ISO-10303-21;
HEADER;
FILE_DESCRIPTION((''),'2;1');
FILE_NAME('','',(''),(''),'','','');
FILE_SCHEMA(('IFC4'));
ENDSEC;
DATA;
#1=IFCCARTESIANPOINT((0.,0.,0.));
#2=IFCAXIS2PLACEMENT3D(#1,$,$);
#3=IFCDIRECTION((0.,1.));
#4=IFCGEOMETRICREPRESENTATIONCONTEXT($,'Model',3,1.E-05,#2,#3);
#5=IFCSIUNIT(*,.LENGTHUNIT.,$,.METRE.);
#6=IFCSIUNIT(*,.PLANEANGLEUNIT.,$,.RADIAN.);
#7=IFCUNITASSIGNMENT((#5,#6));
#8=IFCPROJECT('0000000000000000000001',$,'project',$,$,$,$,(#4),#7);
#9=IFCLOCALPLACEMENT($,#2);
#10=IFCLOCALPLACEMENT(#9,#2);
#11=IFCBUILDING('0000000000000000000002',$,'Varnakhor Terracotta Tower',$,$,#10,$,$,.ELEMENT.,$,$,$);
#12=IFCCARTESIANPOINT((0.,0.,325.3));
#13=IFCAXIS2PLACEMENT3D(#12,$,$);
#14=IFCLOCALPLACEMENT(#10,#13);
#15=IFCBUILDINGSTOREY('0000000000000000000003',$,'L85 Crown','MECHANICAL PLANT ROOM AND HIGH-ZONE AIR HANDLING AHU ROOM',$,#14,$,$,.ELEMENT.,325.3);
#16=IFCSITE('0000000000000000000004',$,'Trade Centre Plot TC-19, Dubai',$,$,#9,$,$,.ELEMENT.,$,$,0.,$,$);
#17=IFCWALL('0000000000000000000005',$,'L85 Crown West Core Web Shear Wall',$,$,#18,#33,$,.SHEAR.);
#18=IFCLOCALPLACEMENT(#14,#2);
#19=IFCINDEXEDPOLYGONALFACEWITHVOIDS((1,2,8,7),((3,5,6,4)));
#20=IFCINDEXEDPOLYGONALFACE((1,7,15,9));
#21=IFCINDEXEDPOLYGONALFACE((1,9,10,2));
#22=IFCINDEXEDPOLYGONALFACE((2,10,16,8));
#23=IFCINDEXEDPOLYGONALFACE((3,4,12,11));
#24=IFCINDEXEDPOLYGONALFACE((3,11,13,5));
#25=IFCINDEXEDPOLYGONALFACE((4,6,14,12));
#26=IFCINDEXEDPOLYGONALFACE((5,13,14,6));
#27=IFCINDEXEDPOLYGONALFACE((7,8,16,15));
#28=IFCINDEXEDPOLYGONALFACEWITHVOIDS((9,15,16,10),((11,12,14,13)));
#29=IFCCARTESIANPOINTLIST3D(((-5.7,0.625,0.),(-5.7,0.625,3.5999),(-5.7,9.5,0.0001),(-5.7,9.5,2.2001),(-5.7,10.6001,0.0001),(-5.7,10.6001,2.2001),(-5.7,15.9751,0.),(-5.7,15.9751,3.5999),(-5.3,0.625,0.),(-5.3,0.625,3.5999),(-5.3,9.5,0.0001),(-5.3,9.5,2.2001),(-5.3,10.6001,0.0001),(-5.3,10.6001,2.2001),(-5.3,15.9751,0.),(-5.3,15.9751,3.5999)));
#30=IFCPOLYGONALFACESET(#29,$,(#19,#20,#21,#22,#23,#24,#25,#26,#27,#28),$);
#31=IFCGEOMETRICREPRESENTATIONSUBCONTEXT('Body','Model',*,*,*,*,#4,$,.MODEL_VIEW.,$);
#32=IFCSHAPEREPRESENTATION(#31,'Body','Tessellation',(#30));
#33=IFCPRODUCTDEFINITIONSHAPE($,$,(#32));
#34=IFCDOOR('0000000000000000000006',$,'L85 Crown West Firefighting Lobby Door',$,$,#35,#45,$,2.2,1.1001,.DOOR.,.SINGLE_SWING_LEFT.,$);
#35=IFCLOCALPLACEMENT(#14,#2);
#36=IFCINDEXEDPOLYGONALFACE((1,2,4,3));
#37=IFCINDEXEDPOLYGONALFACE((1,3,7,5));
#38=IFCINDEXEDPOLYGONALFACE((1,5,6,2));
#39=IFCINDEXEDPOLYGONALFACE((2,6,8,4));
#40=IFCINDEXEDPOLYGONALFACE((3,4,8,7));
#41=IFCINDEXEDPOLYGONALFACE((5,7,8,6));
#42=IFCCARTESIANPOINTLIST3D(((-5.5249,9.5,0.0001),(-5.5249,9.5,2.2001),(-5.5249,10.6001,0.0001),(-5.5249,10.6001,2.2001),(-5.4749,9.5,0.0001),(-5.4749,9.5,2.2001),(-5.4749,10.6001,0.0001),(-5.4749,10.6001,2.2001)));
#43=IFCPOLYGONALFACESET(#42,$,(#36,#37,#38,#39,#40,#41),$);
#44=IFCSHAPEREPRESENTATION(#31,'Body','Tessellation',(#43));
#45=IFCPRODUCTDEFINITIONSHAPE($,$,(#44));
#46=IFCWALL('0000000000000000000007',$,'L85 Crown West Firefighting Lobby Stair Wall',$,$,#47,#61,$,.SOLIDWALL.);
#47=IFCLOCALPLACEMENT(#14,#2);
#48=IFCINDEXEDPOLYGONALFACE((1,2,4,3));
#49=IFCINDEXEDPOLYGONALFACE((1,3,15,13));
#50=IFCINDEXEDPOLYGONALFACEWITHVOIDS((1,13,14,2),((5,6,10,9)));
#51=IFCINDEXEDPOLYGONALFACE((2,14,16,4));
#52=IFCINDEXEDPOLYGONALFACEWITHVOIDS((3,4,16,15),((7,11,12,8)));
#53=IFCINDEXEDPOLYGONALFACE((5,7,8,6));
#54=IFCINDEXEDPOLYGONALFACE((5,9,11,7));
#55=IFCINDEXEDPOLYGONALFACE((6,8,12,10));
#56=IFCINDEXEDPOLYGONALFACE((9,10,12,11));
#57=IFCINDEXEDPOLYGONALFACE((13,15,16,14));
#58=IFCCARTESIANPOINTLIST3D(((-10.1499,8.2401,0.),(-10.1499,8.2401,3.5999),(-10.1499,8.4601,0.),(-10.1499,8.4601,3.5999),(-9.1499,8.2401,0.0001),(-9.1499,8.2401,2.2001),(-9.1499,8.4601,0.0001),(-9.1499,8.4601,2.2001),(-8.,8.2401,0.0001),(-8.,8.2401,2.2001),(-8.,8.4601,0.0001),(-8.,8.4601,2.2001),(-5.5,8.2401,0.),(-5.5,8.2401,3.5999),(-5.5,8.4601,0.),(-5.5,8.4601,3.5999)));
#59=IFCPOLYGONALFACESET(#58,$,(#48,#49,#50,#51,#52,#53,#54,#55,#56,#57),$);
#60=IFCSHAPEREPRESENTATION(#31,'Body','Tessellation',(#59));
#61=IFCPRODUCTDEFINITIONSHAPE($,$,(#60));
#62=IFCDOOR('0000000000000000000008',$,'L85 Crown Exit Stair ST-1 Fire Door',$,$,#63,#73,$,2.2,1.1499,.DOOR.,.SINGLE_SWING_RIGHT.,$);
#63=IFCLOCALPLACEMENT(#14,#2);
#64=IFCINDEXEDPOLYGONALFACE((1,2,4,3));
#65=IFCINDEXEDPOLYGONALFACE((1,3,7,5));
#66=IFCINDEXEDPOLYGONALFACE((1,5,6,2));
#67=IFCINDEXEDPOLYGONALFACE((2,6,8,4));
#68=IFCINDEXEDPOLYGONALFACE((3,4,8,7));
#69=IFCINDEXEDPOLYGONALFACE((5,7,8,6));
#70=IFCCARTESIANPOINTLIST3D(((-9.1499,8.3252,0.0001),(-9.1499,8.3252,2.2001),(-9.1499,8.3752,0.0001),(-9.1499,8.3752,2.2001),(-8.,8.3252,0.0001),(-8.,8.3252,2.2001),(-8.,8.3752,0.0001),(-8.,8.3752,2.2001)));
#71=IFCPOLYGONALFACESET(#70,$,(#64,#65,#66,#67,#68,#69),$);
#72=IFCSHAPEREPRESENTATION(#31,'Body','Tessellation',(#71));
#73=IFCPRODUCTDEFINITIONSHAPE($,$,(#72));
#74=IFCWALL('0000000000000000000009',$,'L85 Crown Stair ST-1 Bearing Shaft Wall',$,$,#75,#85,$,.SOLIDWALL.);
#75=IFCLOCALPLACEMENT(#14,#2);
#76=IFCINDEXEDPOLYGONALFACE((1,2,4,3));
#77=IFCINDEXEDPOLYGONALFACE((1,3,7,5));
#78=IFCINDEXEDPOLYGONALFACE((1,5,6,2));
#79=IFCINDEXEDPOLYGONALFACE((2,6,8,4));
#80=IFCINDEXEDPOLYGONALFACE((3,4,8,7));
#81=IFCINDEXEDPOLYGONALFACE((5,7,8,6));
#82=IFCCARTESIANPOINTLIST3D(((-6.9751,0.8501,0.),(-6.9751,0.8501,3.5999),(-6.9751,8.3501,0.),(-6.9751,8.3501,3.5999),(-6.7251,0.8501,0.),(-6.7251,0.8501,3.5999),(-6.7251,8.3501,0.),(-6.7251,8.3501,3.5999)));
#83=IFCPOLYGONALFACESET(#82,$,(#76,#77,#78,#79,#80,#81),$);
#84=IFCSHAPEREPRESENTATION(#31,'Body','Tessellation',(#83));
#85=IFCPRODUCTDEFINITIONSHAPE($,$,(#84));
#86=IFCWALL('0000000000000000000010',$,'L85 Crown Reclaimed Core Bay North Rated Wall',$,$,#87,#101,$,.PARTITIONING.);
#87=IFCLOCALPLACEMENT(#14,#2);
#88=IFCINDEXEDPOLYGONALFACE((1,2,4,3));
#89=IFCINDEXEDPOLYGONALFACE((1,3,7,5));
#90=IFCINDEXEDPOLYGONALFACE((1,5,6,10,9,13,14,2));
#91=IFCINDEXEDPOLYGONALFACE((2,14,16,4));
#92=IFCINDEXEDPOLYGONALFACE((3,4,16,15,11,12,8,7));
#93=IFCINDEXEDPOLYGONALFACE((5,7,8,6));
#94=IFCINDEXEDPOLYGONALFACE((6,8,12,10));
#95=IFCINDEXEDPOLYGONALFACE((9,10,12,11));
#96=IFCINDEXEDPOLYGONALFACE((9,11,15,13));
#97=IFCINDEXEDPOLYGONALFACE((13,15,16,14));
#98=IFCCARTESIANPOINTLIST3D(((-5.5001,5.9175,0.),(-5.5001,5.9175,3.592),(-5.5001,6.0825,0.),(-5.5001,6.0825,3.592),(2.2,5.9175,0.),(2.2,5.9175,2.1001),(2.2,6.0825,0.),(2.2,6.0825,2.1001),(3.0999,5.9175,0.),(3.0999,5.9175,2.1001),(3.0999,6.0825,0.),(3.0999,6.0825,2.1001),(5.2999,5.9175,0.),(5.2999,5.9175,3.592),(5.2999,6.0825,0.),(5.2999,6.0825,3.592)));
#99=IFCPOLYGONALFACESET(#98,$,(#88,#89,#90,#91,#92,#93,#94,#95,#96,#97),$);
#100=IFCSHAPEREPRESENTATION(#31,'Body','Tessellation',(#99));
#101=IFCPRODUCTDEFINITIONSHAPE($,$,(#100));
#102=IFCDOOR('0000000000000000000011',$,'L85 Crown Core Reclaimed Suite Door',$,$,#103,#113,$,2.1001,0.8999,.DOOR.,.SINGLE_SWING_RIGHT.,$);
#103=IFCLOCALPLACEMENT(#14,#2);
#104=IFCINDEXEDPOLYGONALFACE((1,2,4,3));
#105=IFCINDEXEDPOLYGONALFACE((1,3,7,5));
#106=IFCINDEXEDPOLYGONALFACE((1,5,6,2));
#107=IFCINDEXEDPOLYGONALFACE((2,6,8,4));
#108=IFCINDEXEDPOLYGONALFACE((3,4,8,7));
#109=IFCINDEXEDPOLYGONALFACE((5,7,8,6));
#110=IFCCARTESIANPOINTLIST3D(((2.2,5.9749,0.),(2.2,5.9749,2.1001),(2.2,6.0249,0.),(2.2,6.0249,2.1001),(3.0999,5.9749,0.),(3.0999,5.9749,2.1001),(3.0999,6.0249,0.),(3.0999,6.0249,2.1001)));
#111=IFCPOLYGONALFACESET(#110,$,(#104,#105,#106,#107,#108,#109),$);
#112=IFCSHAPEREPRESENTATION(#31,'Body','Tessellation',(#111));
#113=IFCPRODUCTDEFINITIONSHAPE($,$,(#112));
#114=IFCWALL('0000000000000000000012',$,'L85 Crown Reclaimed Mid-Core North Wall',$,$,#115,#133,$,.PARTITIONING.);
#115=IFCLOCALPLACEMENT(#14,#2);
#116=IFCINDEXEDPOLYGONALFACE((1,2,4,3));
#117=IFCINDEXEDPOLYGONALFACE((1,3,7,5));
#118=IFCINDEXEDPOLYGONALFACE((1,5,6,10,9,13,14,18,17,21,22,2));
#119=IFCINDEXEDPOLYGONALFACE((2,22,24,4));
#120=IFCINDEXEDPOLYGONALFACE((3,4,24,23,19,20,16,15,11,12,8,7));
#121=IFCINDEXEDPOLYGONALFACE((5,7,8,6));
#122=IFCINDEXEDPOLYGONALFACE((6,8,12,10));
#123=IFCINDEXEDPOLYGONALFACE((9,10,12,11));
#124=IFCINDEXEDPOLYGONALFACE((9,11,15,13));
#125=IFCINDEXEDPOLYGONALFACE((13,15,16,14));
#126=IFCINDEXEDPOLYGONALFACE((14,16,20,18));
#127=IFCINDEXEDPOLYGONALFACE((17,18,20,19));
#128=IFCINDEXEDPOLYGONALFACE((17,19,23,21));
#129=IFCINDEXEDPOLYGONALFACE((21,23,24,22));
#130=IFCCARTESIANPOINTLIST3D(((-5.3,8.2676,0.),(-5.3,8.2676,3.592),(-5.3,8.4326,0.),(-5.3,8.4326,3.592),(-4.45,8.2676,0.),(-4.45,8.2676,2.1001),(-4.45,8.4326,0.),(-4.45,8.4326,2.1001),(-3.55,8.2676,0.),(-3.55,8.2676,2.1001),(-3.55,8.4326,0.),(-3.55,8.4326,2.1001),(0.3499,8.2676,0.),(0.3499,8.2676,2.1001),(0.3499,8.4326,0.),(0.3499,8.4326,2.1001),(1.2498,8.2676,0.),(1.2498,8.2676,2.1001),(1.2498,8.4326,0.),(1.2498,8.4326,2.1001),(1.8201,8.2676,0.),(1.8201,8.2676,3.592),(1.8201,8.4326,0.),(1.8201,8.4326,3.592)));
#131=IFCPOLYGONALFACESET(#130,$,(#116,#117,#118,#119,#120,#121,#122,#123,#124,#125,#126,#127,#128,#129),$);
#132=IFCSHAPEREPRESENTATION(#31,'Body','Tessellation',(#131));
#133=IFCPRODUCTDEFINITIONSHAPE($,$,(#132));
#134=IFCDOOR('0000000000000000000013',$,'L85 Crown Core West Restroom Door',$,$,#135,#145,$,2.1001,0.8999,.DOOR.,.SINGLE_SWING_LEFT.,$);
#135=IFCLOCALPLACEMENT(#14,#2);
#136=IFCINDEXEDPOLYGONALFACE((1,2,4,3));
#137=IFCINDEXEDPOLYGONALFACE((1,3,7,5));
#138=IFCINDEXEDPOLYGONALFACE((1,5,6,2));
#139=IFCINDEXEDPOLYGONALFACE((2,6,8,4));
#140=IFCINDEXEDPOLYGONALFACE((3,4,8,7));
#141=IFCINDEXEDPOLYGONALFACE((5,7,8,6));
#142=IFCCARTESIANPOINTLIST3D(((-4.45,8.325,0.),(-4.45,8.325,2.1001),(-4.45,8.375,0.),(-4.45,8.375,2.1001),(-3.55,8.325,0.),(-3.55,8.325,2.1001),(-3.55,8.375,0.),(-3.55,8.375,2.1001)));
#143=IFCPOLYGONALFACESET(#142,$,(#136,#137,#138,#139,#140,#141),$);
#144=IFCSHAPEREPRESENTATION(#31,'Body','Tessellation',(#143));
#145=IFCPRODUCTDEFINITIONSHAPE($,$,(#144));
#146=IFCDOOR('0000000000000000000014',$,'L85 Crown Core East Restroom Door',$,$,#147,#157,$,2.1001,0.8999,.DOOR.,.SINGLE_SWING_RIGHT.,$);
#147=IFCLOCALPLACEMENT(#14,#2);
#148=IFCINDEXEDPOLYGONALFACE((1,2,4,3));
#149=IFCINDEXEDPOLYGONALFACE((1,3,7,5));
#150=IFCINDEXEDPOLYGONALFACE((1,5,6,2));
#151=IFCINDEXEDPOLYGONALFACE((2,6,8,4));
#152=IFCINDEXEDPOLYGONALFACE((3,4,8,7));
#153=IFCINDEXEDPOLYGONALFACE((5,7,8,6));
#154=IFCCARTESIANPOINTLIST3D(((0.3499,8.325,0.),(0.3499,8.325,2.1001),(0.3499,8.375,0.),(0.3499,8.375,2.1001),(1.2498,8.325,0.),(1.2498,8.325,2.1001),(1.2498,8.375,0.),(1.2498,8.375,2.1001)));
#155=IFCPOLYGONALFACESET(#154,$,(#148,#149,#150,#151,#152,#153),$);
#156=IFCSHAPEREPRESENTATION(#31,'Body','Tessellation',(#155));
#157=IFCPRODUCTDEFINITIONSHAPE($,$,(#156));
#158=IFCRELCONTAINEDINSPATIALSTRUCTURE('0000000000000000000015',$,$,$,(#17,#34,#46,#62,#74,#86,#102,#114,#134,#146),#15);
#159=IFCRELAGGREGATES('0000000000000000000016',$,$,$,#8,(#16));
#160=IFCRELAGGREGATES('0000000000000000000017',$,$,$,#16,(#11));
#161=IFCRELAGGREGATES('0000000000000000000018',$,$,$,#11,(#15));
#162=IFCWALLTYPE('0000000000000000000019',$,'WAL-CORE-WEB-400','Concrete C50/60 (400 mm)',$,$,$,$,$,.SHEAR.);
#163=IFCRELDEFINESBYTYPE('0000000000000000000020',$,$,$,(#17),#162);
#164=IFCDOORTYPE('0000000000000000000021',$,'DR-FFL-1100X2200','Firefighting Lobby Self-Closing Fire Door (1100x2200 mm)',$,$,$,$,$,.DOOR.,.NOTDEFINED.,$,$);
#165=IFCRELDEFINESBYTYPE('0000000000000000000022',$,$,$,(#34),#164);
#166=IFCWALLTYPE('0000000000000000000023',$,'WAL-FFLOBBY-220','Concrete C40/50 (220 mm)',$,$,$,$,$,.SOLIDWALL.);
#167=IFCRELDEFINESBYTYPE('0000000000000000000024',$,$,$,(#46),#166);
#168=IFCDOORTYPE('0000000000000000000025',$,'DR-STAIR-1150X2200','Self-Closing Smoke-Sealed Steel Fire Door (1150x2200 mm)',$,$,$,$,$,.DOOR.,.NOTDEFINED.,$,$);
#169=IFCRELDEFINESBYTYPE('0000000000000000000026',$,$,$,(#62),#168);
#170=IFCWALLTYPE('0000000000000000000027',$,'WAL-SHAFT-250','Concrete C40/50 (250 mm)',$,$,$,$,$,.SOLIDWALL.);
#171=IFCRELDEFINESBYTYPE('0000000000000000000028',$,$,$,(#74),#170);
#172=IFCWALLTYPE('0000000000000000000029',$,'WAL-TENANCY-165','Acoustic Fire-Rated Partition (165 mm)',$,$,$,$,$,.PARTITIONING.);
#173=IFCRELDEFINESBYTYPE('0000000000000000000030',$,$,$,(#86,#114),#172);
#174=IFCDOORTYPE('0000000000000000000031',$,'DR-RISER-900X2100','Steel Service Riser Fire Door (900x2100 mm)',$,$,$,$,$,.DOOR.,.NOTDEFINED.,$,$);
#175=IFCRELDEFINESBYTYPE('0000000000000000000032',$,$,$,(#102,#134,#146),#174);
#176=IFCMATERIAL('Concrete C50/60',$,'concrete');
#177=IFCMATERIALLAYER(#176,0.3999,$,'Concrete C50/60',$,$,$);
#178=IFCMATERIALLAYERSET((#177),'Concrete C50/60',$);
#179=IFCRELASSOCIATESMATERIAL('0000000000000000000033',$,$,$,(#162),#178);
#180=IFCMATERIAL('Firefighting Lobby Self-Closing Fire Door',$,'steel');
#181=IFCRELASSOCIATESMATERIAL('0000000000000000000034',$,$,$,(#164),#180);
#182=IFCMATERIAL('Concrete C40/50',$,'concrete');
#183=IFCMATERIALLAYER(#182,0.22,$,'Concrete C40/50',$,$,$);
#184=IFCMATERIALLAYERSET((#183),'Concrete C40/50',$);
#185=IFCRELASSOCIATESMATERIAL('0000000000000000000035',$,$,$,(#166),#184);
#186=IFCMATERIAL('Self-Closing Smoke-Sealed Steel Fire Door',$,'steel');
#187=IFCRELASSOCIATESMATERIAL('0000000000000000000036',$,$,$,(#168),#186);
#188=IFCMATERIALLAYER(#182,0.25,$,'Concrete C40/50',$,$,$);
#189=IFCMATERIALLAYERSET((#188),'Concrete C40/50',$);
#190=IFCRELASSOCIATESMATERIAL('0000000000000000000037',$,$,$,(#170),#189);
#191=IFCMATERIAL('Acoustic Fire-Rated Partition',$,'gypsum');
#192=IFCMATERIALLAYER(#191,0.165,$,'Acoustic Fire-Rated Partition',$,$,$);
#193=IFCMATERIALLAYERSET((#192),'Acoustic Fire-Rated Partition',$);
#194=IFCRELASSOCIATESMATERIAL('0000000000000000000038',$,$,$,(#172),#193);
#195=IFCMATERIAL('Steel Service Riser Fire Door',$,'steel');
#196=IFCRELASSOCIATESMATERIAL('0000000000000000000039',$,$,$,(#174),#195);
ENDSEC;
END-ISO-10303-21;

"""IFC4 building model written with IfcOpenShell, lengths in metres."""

from ifc_helpers import new_model, si_unit, direction, frame, frame_2d, origin, place, context, subcontext, project, spatial, rectangle, extrude, source, transform, mapped, material, layer, layer_set, type_object, type_shapes, element, fill, save


model = new_model("IFC4")

# Units and contexts
model_context = context("Model", 3, precision=1e-05, world=origin(), true_north=direction((0.0, 1.0)))
body_context = subcontext(model_context, "Body", "Model", "MODEL_VIEW")
ifc_project = project(units=[si_unit("LENGTHUNIT", "METRE"), si_unit("PLANEANGLEUNIT", "RADIAN")], contexts=[model_context])

# Site, building, storey
site_placement = place(None, origin())
site = spatial("IfcSite", under=ifc_project, at=site_placement, Name="Trade Centre Plot TC-19, Dubai", CompositionType="ELEMENT", RefElevation=0.0)
building_placement = place(site_placement, origin())
building = spatial("IfcBuilding", under=site, at=building_placement, Name="Varnakhor Terracotta Tower", CompositionType="ELEMENT")
storey_placement = place(building_placement, frame((0.0, 0.0, 325.3)))
storey = spatial("IfcBuildingStorey", under=building, at=storey_placement, Name="L85 Crown", Description="MECHANICAL PLANT ROOM AND HIGH-ZONE AIR HANDLING AHU ROOM", CompositionType="ELEMENT", Elevation=325.3)

# Shared definitions
ifc_material_1 = material(Name="Concrete C50/60", Category="concrete")

# Walls, openings, doors
ifc_layer_1 = layer(ifc_material_1, 0.3999, Name="Concrete C50/60")
ifc_layer_set_1 = layer_set([ifc_layer_1], Name="Concrete C50/60")
wall_type_1 = type_object("IfcWallType", Name="WAL-CORE-WEB-400", Description="Concrete C50/60 (400 mm)", PredefinedType="SHEAR", material=ifc_layer_set_1)
wall_1_placement = place(storey_placement, frame((-5.5, 0.625, 0.0), z_axis=(0.0, 0.0, 1.0), x_axis=(0.0, 1.0, 0.0)))
wall_1 = element("IfcWall", 1, at=wall_1_placement, inside=storey, type_object=wall_type_1, Name="L85 Crown West Core Web Shear Wall", PredefinedType="SHEAR", context=body_context, shape_type="SweptSolid", body=[
    extrude(rectangle(XDim=15.3501, YDim=0.3999, at=frame_2d((7.675, 0.0))), origin(), (0.0, 0.0, 1.0), 3.5999),
])
opening_1_placement = place(wall_1_placement, frame((8.875, 0.0, 0.0)))
opening_1 = element("IfcOpeningElement", 2, at=opening_1_placement, cuts=wall_1, PredefinedType="OPENING", context=body_context, shape_type="SweptSolid", body=[
    extrude(rectangle(XDim=1.1001, YDim=2.2, at=frame_2d((0.55, 1.1001))), frame((0.0, 0.21, 0.0), z_axis=(0.0, -1.0, 0.0), x_axis=(1.0, 0.0, 0.0)), (0.0, 0.0, 1.0), 0.4199),
])
ifc_material_2 = material(Name="Firefighting Lobby Self-Closing Fire Door", Category="steel")
door_type_1 = type_object("IfcDoorType", Name="DR-FFL-1100X2200", Description="Firefighting Lobby Self-Closing Fire Door (1100x2200 mm)", OperationType="NOTDEFINED", PredefinedType="DOOR", material=ifc_material_2)
shared_shape_1 = source(origin(), body_context, "Body", "SweptSolid", [
    extrude(rectangle(XDim=1.1001, YDim=2.2, at=frame_2d((0.55, 1.1001))), frame((0.0, 0.0249, 0.0), z_axis=(0.0, -1.0, 0.0), x_axis=(1.0, 0.0, 0.0)), (0.0, 0.0, 1.0), 0.05),
])
type_shapes(door_type_1, [shared_shape_1])
door_1_placement = place(opening_1_placement, origin())
door_1 = element("IfcDoor", 3, at=door_1_placement, inside=storey, type_object=door_type_1, Name="L85 Crown West Firefighting Lobby Door", OperationType="SINGLE_SWING_LEFT", OverallHeight=2.2, OverallWidth=1.1001, PredefinedType="DOOR", context=body_context, shape_type="MappedRepresentation", body=[
    mapped(shared_shape_1, transform((0.0, 0.0, 0.0), scale=1.0)),
])
fill(opening_1, door_1)
ifc_material_3 = material(Name="Concrete C40/50", Category="concrete")
ifc_layer_2 = layer(ifc_material_3, 0.22, Name="Concrete C40/50")
ifc_layer_set_2 = layer_set([ifc_layer_2], Name="Concrete C40/50")
wall_type_2 = type_object("IfcWallType", Name="WAL-FFLOBBY-220", Description="Concrete C40/50 (220 mm)", PredefinedType="SOLIDWALL", material=ifc_layer_set_2)
wall_2_placement = place(storey_placement, frame((-5.5, 8.3501, 0.0), z_axis=(0.0, 0.0, 1.0), x_axis=(-1.0, 0.0, 0.0)))
wall_2 = element("IfcWall", 4, at=wall_2_placement, inside=storey, type_object=wall_type_2, Name="L85 Crown West Firefighting Lobby Stair Wall", PredefinedType="SOLIDWALL", context=body_context, shape_type="SweptSolid", body=[
    extrude(rectangle(XDim=4.6499, YDim=0.22, at=frame_2d((2.325, 0.0))), origin(), (0.0, 0.0, 1.0), 3.5999),
])
opening_2_placement = place(wall_2_placement, frame((2.5, 0.0, 0.0)))
opening_2 = element("IfcOpeningElement", 5, at=opening_2_placement, cuts=wall_2, PredefinedType="OPENING", context=body_context, shape_type="SweptSolid", body=[
    extrude(rectangle(XDim=1.1499, YDim=2.2, at=frame_2d((0.575, 1.1001))), frame((0.0, 0.1201, 0.0), z_axis=(0.0, -1.0, 0.0), x_axis=(1.0, 0.0, 0.0)), (0.0, 0.0, 1.0), 0.24),
])
ifc_material_4 = material(Name="Self-Closing Smoke-Sealed Steel Fire Door", Category="steel")
door_type_2 = type_object("IfcDoorType", Name="DR-STAIR-1150X2200", Description="Self-Closing Smoke-Sealed Steel Fire Door (1150x2200 mm)", OperationType="NOTDEFINED", PredefinedType="DOOR", material=ifc_material_4)
shared_shape_2 = source(origin(), body_context, "Body", "SweptSolid", [
    extrude(rectangle(XDim=1.1499, YDim=2.2, at=frame_2d((0.575, 1.1001))), frame((0.0, 0.0249, 0.0), z_axis=(0.0, -1.0, 0.0), x_axis=(1.0, 0.0, 0.0)), (0.0, 0.0, 1.0), 0.05),
])
type_shapes(door_type_2, [shared_shape_2])
door_2_placement = place(opening_2_placement, origin())
door_2 = element("IfcDoor", 6, at=door_2_placement, inside=storey, type_object=door_type_2, Name="L85 Crown Exit Stair ST-1 Fire Door", OperationType="SINGLE_SWING_RIGHT", OverallHeight=2.2, OverallWidth=1.1499, PredefinedType="DOOR", context=body_context, shape_type="MappedRepresentation", body=[
    mapped(shared_shape_2, transform((0.0, 0.0, 0.0), scale=1.0)),
])
fill(opening_2, door_2)

# Wall
ifc_layer_3 = layer(ifc_material_3, 0.25, Name="Concrete C40/50")
ifc_layer_set_3 = layer_set([ifc_layer_3], Name="Concrete C40/50")
wall_type_3 = type_object("IfcWallType", Name="WAL-SHAFT-250", Description="Concrete C40/50 (250 mm)", PredefinedType="SOLIDWALL", material=ifc_layer_set_3)
wall_3_placement = place(storey_placement, frame((-6.8501, 0.8501, 0.0), z_axis=(0.0, 0.0, 1.0), x_axis=(0.0, 1.0, 0.0)))
element("IfcWall", 7, at=wall_3_placement, inside=storey, type_object=wall_type_3, Name="L85 Crown Stair ST-1 Bearing Shaft Wall", PredefinedType="SOLIDWALL", context=body_context, shape_type="SweptSolid", body=[
    extrude(rectangle(XDim=7.5, YDim=0.25, at=frame_2d((3.75, 0.0))), origin(), (0.0, 0.0, 1.0), 3.5999),
])

# Wall, opening, door
ifc_material_5 = material(Name="Acoustic Fire-Rated Partition", Category="gypsum")
ifc_layer_4 = layer(ifc_material_5, 0.165, Name="Acoustic Fire-Rated Partition")
ifc_layer_set_4 = layer_set([ifc_layer_4], Name="Acoustic Fire-Rated Partition")
wall_type_4 = type_object("IfcWallType", Name="WAL-TENANCY-165", Description="Acoustic Fire-Rated Partition (165 mm)", PredefinedType="PARTITIONING", material=ifc_layer_set_4)
wall_4_placement = place(storey_placement, frame((-5.5, 6.0, 0.0), z_axis=(0.0, 0.0, 1.0), x_axis=(1.0, 0.0, 0.0)))
wall_4 = element("IfcWall", 8, at=wall_4_placement, inside=storey, type_object=wall_type_4, Name="L85 Crown Reclaimed Core Bay North Rated Wall", PredefinedType="PARTITIONING", context=body_context, shape_type="SweptSolid", body=[
    extrude(rectangle(XDim=10.8, YDim=0.165, at=frame_2d((5.3999, 0.0))), origin(), (0.0, 0.0, 1.0), 3.592),
])
opening_3_placement = place(wall_4_placement, frame((7.7, 0.0, 0.0)))
opening_3 = element("IfcOpeningElement", 9, at=opening_3_placement, cuts=wall_4, PredefinedType="OPENING", context=body_context, shape_type="SweptSolid", body=[
    extrude(rectangle(XDim=0.8999, YDim=2.1001, at=frame_2d((0.45, 1.05))), frame((0.0, 0.0925, 0.0), z_axis=(0.0, -1.0, 0.0), x_axis=(1.0, 0.0, 0.0)), (0.0, 0.0, 1.0), 0.1851),
])
ifc_material_6 = material(Name="Steel Service Riser Fire Door", Category="steel")
door_type_3 = type_object("IfcDoorType", Name="DR-RISER-900X2100", Description="Steel Service Riser Fire Door (900x2100 mm)", OperationType="NOTDEFINED", PredefinedType="DOOR", material=ifc_material_6)
shared_shape_3 = source(origin(), body_context, "Body", "SweptSolid", [
    extrude(rectangle(XDim=0.8999, YDim=2.1001, at=frame_2d((0.45, 1.05))), frame((0.0, 0.0249, 0.0), z_axis=(0.0, -1.0, 0.0), x_axis=(1.0, 0.0, 0.0)), (0.0, 0.0, 1.0), 0.05),
])
type_shapes(door_type_3, [shared_shape_3])
door_3_placement = place(opening_3_placement, origin())
door_3 = element("IfcDoor", 10, at=door_3_placement, inside=storey, type_object=door_type_3, Name="L85 Crown Core Reclaimed Suite Door", OperationType="SINGLE_SWING_RIGHT", OverallHeight=2.1001, OverallWidth=0.8999, PredefinedType="DOOR", context=body_context, shape_type="MappedRepresentation", body=[
    mapped(shared_shape_3, transform((0.0, 0.0, 0.0), scale=1.0)),
])
fill(opening_3, door_3)

# Wall, openings, doors
wall_5_placement = place(storey_placement, frame((-5.3, 8.3501, 0.0), z_axis=(0.0, 0.0, 1.0), x_axis=(1.0, 0.0, 0.0)))
wall_5 = element("IfcWall", 11, at=wall_5_placement, inside=storey, type_object=wall_type_4, Name="L85 Crown Reclaimed Mid-Core North Wall", PredefinedType="PARTITIONING", context=body_context, shape_type="SweptSolid", body=[
    extrude(rectangle(XDim=7.1201, YDim=0.165, at=frame_2d((3.5601, 0.0))), origin(), (0.0, 0.0, 1.0), 3.592),
])
opening_4_placement = place(wall_5_placement, frame((0.8501, 0.0, 0.0)))
opening_4 = element("IfcOpeningElement", 12, at=opening_4_placement, cuts=wall_5, PredefinedType="OPENING", context=body_context, shape_type="SweptSolid", body=[
    extrude(rectangle(XDim=0.8999, YDim=2.1001, at=frame_2d((0.45, 1.05))), frame((0.0, 0.0925, 0.0), z_axis=(0.0, -1.0, 0.0), x_axis=(1.0, 0.0, 0.0)), (0.0, 0.0, 1.0), 0.1851),
])
opening_5_placement = place(wall_5_placement, frame((5.6499, 0.0, 0.0)))
opening_5 = element("IfcOpeningElement", 13, at=opening_5_placement, cuts=wall_5, PredefinedType="OPENING", context=body_context, shape_type="SweptSolid", body=[
    extrude(rectangle(XDim=0.8999, YDim=2.1001, at=frame_2d((0.45, 1.05))), frame((0.0, 0.0925, 0.0), z_axis=(0.0, -1.0, 0.0), x_axis=(1.0, 0.0, 0.0)), (0.0, 0.0, 1.0), 0.1851),
])
door_4_placement = place(opening_4_placement, origin())
door_4 = element("IfcDoor", 14, at=door_4_placement, inside=storey, type_object=door_type_3, Name="L85 Crown Core West Restroom Door", OperationType="SINGLE_SWING_LEFT", OverallHeight=2.1001, OverallWidth=0.8999, PredefinedType="DOOR", context=body_context, shape_type="MappedRepresentation", body=[
    mapped(shared_shape_3, transform((0.0, 0.0, 0.0), scale=1.0)),
])
fill(opening_4, door_4)
door_5_placement = place(opening_5_placement, origin())
door_5 = element("IfcDoor", 15, at=door_5_placement, inside=storey, type_object=door_type_3, Name="L85 Crown Core East Restroom Door", OperationType="SINGLE_SWING_RIGHT", OverallHeight=2.1001, OverallWidth=0.8999, PredefinedType="DOOR", context=body_context, shape_type="MappedRepresentation", body=[
    mapped(shared_shape_3, transform((0.0, 0.0, 0.0), scale=1.0)),
])
fill(opening_5, door_5)

save(model, "model.ifc")
